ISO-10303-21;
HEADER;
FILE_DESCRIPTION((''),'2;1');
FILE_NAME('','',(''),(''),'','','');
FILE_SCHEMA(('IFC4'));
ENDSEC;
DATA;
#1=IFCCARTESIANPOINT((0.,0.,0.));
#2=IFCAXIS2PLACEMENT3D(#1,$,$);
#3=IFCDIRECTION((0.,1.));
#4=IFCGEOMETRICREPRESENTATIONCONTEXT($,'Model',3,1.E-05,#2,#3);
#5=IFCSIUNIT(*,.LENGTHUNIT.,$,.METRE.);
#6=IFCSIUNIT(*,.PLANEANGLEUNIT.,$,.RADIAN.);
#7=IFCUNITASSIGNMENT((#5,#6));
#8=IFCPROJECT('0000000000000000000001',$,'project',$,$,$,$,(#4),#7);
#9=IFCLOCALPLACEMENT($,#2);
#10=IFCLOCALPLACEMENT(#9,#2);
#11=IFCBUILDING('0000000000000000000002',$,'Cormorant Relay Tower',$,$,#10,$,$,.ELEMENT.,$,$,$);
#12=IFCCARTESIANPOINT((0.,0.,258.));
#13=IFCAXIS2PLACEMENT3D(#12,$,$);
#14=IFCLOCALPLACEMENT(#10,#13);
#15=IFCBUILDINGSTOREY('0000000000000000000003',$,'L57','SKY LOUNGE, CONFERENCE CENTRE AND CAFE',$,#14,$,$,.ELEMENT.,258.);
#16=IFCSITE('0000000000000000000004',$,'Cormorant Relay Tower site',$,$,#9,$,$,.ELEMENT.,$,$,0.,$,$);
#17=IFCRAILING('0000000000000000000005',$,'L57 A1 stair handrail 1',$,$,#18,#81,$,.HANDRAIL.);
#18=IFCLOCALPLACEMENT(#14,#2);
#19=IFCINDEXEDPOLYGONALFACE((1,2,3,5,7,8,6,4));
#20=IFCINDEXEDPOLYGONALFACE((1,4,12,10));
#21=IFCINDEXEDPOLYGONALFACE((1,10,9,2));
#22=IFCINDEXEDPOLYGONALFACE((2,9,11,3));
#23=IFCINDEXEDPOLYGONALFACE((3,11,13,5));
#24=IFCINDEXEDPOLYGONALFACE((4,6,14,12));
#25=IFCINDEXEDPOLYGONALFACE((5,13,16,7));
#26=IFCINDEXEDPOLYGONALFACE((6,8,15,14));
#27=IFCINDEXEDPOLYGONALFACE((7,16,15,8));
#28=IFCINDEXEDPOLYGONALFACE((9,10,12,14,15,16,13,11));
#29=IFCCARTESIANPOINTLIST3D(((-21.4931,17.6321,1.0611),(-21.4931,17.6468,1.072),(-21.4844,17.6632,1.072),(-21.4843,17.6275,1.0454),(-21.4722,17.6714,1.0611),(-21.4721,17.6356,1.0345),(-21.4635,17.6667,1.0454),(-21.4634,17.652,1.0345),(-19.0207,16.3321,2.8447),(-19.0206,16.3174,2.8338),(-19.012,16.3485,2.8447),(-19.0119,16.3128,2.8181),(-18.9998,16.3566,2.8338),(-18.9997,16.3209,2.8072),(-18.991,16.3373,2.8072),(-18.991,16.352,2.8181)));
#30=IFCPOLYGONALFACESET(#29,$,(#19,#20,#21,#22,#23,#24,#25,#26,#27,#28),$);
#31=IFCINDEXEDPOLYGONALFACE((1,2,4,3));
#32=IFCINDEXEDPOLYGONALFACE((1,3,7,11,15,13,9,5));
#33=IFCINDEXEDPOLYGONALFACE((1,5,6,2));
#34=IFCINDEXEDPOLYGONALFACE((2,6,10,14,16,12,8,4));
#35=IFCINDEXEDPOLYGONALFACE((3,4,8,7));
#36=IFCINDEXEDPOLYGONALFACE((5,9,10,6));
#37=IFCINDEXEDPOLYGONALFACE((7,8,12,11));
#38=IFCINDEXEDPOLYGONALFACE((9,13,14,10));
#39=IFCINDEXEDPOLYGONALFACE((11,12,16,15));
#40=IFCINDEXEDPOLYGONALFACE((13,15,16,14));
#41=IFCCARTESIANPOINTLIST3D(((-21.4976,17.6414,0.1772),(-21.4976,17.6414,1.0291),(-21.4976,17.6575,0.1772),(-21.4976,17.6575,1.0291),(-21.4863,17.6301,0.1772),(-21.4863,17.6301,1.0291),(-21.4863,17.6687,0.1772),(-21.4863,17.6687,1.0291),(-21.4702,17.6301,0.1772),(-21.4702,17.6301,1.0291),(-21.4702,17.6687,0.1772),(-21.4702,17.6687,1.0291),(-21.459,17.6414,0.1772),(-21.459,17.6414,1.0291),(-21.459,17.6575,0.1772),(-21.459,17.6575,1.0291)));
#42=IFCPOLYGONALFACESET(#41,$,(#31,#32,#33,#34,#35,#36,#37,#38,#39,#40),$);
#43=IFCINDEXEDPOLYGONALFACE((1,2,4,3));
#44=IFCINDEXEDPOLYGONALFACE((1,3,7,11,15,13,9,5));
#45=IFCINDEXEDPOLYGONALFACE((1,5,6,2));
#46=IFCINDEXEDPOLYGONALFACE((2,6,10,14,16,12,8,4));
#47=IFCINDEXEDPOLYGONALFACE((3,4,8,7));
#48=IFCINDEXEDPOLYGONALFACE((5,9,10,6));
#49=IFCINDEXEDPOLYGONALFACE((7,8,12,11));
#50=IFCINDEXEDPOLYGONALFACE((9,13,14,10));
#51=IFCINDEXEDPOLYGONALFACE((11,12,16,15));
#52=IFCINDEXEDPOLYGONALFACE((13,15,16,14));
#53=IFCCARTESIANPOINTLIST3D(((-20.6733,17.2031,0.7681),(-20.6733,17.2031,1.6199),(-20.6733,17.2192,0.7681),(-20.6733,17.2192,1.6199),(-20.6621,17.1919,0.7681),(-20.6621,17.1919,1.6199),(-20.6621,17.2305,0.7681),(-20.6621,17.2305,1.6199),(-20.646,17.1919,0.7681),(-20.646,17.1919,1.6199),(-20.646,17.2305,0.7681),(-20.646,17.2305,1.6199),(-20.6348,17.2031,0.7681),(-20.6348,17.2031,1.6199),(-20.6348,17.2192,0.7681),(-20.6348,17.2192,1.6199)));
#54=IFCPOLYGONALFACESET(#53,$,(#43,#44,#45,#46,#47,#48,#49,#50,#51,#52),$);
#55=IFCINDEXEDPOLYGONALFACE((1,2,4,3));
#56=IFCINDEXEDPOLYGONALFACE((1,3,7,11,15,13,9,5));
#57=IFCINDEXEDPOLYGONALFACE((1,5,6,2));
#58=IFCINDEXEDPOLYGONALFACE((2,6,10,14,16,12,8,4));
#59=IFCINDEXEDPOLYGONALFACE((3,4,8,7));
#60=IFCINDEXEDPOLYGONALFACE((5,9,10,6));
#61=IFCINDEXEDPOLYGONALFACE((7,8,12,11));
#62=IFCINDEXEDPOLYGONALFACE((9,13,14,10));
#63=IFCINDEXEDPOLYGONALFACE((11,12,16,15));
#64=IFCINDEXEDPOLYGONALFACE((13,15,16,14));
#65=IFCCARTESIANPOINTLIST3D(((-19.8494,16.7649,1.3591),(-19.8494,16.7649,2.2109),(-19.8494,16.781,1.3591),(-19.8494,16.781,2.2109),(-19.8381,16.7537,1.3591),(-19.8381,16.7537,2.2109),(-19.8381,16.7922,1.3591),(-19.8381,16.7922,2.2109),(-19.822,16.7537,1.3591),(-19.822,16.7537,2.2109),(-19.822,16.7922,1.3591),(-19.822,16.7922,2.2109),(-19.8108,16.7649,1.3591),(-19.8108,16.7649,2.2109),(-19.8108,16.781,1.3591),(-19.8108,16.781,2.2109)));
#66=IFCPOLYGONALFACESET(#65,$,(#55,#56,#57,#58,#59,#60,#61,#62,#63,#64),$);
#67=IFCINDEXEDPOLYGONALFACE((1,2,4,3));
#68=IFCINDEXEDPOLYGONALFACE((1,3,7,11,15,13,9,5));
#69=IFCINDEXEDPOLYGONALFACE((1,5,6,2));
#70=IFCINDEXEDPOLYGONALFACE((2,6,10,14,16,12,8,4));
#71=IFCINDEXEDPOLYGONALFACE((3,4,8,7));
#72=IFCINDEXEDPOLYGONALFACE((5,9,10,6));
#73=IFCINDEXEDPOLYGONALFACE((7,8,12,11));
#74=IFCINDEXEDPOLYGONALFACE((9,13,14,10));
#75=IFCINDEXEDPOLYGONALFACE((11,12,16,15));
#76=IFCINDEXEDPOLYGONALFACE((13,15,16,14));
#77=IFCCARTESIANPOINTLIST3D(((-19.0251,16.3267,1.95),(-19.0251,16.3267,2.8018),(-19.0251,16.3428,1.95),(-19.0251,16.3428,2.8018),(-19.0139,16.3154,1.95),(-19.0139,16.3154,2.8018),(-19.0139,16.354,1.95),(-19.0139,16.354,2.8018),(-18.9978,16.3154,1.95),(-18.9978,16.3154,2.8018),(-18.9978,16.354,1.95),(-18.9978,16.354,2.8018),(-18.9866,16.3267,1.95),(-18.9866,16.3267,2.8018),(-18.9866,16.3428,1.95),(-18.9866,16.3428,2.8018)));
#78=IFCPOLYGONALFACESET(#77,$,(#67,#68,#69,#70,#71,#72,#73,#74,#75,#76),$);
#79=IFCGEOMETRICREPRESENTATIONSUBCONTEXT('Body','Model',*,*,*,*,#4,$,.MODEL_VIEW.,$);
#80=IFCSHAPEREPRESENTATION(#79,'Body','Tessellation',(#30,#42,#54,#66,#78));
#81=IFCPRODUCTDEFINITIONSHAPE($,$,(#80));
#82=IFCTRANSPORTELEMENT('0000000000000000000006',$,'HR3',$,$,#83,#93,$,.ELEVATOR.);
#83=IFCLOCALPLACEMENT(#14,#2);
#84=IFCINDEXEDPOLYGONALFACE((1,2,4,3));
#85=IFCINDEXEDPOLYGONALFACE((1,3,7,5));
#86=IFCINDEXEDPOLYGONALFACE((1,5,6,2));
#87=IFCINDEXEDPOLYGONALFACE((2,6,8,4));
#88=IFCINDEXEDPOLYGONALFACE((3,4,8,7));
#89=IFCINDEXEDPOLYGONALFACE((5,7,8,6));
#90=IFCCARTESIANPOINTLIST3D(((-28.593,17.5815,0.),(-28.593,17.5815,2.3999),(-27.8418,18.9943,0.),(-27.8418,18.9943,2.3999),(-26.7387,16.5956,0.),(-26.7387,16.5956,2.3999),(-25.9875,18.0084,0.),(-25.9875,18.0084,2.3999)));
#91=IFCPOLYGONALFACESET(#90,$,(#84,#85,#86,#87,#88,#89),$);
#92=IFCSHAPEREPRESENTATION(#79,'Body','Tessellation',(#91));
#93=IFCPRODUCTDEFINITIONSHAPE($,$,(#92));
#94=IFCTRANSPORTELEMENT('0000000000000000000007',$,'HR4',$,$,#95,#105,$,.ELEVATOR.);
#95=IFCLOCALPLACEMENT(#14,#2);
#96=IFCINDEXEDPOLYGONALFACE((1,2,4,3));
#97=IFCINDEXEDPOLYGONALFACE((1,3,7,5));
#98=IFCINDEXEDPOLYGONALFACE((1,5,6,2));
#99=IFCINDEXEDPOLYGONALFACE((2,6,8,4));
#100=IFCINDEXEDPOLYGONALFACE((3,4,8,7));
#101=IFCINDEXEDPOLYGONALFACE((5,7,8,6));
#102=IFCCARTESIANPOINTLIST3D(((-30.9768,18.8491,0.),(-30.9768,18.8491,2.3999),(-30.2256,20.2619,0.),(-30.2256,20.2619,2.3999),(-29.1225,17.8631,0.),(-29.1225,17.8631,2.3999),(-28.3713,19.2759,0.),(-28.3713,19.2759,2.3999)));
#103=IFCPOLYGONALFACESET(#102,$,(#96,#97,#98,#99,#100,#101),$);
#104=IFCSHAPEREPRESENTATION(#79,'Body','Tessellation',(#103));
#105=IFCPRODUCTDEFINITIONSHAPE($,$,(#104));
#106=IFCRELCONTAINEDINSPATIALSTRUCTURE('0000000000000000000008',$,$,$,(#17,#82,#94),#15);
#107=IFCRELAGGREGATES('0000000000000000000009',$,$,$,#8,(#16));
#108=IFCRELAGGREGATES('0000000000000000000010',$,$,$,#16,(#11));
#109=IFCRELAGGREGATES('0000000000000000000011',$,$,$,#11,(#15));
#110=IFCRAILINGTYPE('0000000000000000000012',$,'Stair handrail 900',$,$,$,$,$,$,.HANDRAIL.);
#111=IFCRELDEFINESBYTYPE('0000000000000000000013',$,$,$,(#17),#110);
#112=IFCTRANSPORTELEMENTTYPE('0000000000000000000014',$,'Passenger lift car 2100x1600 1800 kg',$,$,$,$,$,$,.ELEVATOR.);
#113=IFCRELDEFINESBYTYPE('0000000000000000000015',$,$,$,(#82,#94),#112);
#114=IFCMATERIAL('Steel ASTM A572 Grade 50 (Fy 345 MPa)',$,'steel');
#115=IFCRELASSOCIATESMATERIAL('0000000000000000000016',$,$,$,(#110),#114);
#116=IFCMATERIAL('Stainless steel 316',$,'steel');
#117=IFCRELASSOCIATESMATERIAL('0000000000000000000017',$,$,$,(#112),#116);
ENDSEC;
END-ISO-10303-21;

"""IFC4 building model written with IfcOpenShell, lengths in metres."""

from ifc_helpers import new_model, si_unit, direction, frame, origin, origin_2d, place, context, subcontext, project, spatial, polyline, rectangle, outline, extrude, material, type_object, element, save


model = new_model("IFC4")

# Units and contexts
model_context = context("Model", 3, precision=1e-05, world=origin(), true_north=direction((0.0, 1.0)))
body_context = subcontext(model_context, "Body", "Model", "MODEL_VIEW")
ifc_project = project(units=[si_unit("LENGTHUNIT", "METRE"), si_unit("PLANEANGLEUNIT", "RADIAN")], contexts=[model_context])

# Site, building, storey
site_placement = place(None, origin())
site = spatial("IfcSite", under=ifc_project, at=site_placement, Name="Cormorant Relay Tower site", CompositionType="ELEMENT", RefElevation=0.0)
building_placement = place(site_placement, origin())
building = spatial("IfcBuilding", under=site, at=building_placement, Name="Cormorant Relay Tower", CompositionType="ELEMENT")
storey_placement = place(building_placement, frame((0.0, 0.0, 258.0)))
storey = spatial("IfcBuildingStorey", under=building, at=storey_placement, Name="L57", Description="SKY LOUNGE, CONFERENCE CENTRE AND CAFE", CompositionType="ELEMENT", Elevation=258.0)

# Railing
ifc_material_1 = material(Name="Steel ASTM A572 Grade 50 (Fy 345 MPa)", Category="steel")
railing_type_1 = type_object("IfcRailingType", Name="Stair handrail 900", PredefinedType="HANDRAIL", material=ifc_material_1)
railing_1_placement = place(storey_placement, frame((-21.4783, 17.6494, 0.1772)))
element("IfcRailing", 1, at=railing_1_placement, inside=storey, type_object=railing_type_1, Name="L57 A1 stair handrail 1", PredefinedType="HANDRAIL", context=body_context, shape_type="SweptSolid", body=[
    extrude(outline(polyline([(0.0222, 0.0093), (0.0093, 0.0222), (-0.0093, 0.0222), (-0.0222, 0.0093), (-0.0222, -0.0093), (-0.0093, -0.0222), (0.0093, -0.0222), (0.0222, -0.0093), (0.0222, 0.0093)])), frame((0.0, 0.0, 0.876), z_axis=(0.746012, -0.39669, 0.534886), x_axis=(0.469497, 0.882934, 0.0)), (0.0, 0.0, 1.0), 3.3142),
    extrude(outline(polyline([(0.0193, 0.0081), (0.0081, 0.0193), (-0.0081, 0.0193), (-0.0193, 0.0081), (-0.0193, -0.0081), (-0.0081, -0.0193), (0.0081, -0.0193), (0.0193, -0.0081), (0.0193, 0.0081)])), origin(), (0.0, 0.0, 1.0), 0.8518),
    extrude(outline(polyline([(0.0193, 0.0081), (0.0081, 0.0193), (-0.0081, 0.0193), (-0.0193, 0.0081), (-0.0193, -0.0081), (-0.0081, -0.0193), (0.0081, -0.0193), (0.0193, -0.0081), (0.0193, 0.0081)])), frame((0.8242, -0.4382, 0.5908)), (0.0, 0.0, 1.0), 0.8518),
    extrude(outline(polyline([(0.0193, 0.0081), (0.0081, 0.0193), (-0.0081, 0.0193), (-0.0193, 0.0081), (-0.0193, -0.0081), (-0.0081, -0.0193), (0.0081, -0.0193), (0.0193, -0.0081), (0.0193, 0.0081)])), frame((1.6482, -0.8765, 1.1819)), (0.0, 0.0, 1.0), 0.8518),
    extrude(outline(polyline([(0.0193, 0.0081), (0.0081, 0.0193), (-0.0081, 0.0193), (-0.0193, 0.0081), (-0.0193, -0.0081), (-0.0081, -0.0193), (0.0081, -0.0193), (0.0193, -0.0081), (0.0193, 0.0081)])), frame((2.4724, -1.3147, 1.7727)), (0.0, 0.0, 1.0), 0.8518),
])

# Transport elements
ifc_material_2 = material(Name="Stainless steel 316", Category="steel")
transport_element_type = type_object("IfcTransportElementType", Name="Passenger lift car 2100x1600 1800 kg", PredefinedType="ELEVATOR", material=ifc_material_2)
for number, where, z_axis, x_axis, name in (
    (2, (-27.2903, 17.7949, 0.0), (0.0, 0.0, 1.0), (-0.882948, 0.469472, 0.0), "HR3"),
    (3, (-29.6741, 19.0625, 0.0), (0.0, 0.0, 1.0), (-0.882948, 0.469472, 0.0), "HR4"),
):
    element("IfcTransportElement", number, at=place(storey_placement, frame(where, z_axis=z_axis, x_axis=x_axis)), inside=storey, type_object=transport_element_type, Name=name, PredefinedType="ELEVATOR", context=body_context, shape_type="SweptSolid", body=[
        extrude(rectangle(XDim=2.1001, YDim=1.6001, at=origin_2d()), origin(), (0.0, 0.0, 1.0), 2.3999),
    ])

save(model, "model.ifc")
